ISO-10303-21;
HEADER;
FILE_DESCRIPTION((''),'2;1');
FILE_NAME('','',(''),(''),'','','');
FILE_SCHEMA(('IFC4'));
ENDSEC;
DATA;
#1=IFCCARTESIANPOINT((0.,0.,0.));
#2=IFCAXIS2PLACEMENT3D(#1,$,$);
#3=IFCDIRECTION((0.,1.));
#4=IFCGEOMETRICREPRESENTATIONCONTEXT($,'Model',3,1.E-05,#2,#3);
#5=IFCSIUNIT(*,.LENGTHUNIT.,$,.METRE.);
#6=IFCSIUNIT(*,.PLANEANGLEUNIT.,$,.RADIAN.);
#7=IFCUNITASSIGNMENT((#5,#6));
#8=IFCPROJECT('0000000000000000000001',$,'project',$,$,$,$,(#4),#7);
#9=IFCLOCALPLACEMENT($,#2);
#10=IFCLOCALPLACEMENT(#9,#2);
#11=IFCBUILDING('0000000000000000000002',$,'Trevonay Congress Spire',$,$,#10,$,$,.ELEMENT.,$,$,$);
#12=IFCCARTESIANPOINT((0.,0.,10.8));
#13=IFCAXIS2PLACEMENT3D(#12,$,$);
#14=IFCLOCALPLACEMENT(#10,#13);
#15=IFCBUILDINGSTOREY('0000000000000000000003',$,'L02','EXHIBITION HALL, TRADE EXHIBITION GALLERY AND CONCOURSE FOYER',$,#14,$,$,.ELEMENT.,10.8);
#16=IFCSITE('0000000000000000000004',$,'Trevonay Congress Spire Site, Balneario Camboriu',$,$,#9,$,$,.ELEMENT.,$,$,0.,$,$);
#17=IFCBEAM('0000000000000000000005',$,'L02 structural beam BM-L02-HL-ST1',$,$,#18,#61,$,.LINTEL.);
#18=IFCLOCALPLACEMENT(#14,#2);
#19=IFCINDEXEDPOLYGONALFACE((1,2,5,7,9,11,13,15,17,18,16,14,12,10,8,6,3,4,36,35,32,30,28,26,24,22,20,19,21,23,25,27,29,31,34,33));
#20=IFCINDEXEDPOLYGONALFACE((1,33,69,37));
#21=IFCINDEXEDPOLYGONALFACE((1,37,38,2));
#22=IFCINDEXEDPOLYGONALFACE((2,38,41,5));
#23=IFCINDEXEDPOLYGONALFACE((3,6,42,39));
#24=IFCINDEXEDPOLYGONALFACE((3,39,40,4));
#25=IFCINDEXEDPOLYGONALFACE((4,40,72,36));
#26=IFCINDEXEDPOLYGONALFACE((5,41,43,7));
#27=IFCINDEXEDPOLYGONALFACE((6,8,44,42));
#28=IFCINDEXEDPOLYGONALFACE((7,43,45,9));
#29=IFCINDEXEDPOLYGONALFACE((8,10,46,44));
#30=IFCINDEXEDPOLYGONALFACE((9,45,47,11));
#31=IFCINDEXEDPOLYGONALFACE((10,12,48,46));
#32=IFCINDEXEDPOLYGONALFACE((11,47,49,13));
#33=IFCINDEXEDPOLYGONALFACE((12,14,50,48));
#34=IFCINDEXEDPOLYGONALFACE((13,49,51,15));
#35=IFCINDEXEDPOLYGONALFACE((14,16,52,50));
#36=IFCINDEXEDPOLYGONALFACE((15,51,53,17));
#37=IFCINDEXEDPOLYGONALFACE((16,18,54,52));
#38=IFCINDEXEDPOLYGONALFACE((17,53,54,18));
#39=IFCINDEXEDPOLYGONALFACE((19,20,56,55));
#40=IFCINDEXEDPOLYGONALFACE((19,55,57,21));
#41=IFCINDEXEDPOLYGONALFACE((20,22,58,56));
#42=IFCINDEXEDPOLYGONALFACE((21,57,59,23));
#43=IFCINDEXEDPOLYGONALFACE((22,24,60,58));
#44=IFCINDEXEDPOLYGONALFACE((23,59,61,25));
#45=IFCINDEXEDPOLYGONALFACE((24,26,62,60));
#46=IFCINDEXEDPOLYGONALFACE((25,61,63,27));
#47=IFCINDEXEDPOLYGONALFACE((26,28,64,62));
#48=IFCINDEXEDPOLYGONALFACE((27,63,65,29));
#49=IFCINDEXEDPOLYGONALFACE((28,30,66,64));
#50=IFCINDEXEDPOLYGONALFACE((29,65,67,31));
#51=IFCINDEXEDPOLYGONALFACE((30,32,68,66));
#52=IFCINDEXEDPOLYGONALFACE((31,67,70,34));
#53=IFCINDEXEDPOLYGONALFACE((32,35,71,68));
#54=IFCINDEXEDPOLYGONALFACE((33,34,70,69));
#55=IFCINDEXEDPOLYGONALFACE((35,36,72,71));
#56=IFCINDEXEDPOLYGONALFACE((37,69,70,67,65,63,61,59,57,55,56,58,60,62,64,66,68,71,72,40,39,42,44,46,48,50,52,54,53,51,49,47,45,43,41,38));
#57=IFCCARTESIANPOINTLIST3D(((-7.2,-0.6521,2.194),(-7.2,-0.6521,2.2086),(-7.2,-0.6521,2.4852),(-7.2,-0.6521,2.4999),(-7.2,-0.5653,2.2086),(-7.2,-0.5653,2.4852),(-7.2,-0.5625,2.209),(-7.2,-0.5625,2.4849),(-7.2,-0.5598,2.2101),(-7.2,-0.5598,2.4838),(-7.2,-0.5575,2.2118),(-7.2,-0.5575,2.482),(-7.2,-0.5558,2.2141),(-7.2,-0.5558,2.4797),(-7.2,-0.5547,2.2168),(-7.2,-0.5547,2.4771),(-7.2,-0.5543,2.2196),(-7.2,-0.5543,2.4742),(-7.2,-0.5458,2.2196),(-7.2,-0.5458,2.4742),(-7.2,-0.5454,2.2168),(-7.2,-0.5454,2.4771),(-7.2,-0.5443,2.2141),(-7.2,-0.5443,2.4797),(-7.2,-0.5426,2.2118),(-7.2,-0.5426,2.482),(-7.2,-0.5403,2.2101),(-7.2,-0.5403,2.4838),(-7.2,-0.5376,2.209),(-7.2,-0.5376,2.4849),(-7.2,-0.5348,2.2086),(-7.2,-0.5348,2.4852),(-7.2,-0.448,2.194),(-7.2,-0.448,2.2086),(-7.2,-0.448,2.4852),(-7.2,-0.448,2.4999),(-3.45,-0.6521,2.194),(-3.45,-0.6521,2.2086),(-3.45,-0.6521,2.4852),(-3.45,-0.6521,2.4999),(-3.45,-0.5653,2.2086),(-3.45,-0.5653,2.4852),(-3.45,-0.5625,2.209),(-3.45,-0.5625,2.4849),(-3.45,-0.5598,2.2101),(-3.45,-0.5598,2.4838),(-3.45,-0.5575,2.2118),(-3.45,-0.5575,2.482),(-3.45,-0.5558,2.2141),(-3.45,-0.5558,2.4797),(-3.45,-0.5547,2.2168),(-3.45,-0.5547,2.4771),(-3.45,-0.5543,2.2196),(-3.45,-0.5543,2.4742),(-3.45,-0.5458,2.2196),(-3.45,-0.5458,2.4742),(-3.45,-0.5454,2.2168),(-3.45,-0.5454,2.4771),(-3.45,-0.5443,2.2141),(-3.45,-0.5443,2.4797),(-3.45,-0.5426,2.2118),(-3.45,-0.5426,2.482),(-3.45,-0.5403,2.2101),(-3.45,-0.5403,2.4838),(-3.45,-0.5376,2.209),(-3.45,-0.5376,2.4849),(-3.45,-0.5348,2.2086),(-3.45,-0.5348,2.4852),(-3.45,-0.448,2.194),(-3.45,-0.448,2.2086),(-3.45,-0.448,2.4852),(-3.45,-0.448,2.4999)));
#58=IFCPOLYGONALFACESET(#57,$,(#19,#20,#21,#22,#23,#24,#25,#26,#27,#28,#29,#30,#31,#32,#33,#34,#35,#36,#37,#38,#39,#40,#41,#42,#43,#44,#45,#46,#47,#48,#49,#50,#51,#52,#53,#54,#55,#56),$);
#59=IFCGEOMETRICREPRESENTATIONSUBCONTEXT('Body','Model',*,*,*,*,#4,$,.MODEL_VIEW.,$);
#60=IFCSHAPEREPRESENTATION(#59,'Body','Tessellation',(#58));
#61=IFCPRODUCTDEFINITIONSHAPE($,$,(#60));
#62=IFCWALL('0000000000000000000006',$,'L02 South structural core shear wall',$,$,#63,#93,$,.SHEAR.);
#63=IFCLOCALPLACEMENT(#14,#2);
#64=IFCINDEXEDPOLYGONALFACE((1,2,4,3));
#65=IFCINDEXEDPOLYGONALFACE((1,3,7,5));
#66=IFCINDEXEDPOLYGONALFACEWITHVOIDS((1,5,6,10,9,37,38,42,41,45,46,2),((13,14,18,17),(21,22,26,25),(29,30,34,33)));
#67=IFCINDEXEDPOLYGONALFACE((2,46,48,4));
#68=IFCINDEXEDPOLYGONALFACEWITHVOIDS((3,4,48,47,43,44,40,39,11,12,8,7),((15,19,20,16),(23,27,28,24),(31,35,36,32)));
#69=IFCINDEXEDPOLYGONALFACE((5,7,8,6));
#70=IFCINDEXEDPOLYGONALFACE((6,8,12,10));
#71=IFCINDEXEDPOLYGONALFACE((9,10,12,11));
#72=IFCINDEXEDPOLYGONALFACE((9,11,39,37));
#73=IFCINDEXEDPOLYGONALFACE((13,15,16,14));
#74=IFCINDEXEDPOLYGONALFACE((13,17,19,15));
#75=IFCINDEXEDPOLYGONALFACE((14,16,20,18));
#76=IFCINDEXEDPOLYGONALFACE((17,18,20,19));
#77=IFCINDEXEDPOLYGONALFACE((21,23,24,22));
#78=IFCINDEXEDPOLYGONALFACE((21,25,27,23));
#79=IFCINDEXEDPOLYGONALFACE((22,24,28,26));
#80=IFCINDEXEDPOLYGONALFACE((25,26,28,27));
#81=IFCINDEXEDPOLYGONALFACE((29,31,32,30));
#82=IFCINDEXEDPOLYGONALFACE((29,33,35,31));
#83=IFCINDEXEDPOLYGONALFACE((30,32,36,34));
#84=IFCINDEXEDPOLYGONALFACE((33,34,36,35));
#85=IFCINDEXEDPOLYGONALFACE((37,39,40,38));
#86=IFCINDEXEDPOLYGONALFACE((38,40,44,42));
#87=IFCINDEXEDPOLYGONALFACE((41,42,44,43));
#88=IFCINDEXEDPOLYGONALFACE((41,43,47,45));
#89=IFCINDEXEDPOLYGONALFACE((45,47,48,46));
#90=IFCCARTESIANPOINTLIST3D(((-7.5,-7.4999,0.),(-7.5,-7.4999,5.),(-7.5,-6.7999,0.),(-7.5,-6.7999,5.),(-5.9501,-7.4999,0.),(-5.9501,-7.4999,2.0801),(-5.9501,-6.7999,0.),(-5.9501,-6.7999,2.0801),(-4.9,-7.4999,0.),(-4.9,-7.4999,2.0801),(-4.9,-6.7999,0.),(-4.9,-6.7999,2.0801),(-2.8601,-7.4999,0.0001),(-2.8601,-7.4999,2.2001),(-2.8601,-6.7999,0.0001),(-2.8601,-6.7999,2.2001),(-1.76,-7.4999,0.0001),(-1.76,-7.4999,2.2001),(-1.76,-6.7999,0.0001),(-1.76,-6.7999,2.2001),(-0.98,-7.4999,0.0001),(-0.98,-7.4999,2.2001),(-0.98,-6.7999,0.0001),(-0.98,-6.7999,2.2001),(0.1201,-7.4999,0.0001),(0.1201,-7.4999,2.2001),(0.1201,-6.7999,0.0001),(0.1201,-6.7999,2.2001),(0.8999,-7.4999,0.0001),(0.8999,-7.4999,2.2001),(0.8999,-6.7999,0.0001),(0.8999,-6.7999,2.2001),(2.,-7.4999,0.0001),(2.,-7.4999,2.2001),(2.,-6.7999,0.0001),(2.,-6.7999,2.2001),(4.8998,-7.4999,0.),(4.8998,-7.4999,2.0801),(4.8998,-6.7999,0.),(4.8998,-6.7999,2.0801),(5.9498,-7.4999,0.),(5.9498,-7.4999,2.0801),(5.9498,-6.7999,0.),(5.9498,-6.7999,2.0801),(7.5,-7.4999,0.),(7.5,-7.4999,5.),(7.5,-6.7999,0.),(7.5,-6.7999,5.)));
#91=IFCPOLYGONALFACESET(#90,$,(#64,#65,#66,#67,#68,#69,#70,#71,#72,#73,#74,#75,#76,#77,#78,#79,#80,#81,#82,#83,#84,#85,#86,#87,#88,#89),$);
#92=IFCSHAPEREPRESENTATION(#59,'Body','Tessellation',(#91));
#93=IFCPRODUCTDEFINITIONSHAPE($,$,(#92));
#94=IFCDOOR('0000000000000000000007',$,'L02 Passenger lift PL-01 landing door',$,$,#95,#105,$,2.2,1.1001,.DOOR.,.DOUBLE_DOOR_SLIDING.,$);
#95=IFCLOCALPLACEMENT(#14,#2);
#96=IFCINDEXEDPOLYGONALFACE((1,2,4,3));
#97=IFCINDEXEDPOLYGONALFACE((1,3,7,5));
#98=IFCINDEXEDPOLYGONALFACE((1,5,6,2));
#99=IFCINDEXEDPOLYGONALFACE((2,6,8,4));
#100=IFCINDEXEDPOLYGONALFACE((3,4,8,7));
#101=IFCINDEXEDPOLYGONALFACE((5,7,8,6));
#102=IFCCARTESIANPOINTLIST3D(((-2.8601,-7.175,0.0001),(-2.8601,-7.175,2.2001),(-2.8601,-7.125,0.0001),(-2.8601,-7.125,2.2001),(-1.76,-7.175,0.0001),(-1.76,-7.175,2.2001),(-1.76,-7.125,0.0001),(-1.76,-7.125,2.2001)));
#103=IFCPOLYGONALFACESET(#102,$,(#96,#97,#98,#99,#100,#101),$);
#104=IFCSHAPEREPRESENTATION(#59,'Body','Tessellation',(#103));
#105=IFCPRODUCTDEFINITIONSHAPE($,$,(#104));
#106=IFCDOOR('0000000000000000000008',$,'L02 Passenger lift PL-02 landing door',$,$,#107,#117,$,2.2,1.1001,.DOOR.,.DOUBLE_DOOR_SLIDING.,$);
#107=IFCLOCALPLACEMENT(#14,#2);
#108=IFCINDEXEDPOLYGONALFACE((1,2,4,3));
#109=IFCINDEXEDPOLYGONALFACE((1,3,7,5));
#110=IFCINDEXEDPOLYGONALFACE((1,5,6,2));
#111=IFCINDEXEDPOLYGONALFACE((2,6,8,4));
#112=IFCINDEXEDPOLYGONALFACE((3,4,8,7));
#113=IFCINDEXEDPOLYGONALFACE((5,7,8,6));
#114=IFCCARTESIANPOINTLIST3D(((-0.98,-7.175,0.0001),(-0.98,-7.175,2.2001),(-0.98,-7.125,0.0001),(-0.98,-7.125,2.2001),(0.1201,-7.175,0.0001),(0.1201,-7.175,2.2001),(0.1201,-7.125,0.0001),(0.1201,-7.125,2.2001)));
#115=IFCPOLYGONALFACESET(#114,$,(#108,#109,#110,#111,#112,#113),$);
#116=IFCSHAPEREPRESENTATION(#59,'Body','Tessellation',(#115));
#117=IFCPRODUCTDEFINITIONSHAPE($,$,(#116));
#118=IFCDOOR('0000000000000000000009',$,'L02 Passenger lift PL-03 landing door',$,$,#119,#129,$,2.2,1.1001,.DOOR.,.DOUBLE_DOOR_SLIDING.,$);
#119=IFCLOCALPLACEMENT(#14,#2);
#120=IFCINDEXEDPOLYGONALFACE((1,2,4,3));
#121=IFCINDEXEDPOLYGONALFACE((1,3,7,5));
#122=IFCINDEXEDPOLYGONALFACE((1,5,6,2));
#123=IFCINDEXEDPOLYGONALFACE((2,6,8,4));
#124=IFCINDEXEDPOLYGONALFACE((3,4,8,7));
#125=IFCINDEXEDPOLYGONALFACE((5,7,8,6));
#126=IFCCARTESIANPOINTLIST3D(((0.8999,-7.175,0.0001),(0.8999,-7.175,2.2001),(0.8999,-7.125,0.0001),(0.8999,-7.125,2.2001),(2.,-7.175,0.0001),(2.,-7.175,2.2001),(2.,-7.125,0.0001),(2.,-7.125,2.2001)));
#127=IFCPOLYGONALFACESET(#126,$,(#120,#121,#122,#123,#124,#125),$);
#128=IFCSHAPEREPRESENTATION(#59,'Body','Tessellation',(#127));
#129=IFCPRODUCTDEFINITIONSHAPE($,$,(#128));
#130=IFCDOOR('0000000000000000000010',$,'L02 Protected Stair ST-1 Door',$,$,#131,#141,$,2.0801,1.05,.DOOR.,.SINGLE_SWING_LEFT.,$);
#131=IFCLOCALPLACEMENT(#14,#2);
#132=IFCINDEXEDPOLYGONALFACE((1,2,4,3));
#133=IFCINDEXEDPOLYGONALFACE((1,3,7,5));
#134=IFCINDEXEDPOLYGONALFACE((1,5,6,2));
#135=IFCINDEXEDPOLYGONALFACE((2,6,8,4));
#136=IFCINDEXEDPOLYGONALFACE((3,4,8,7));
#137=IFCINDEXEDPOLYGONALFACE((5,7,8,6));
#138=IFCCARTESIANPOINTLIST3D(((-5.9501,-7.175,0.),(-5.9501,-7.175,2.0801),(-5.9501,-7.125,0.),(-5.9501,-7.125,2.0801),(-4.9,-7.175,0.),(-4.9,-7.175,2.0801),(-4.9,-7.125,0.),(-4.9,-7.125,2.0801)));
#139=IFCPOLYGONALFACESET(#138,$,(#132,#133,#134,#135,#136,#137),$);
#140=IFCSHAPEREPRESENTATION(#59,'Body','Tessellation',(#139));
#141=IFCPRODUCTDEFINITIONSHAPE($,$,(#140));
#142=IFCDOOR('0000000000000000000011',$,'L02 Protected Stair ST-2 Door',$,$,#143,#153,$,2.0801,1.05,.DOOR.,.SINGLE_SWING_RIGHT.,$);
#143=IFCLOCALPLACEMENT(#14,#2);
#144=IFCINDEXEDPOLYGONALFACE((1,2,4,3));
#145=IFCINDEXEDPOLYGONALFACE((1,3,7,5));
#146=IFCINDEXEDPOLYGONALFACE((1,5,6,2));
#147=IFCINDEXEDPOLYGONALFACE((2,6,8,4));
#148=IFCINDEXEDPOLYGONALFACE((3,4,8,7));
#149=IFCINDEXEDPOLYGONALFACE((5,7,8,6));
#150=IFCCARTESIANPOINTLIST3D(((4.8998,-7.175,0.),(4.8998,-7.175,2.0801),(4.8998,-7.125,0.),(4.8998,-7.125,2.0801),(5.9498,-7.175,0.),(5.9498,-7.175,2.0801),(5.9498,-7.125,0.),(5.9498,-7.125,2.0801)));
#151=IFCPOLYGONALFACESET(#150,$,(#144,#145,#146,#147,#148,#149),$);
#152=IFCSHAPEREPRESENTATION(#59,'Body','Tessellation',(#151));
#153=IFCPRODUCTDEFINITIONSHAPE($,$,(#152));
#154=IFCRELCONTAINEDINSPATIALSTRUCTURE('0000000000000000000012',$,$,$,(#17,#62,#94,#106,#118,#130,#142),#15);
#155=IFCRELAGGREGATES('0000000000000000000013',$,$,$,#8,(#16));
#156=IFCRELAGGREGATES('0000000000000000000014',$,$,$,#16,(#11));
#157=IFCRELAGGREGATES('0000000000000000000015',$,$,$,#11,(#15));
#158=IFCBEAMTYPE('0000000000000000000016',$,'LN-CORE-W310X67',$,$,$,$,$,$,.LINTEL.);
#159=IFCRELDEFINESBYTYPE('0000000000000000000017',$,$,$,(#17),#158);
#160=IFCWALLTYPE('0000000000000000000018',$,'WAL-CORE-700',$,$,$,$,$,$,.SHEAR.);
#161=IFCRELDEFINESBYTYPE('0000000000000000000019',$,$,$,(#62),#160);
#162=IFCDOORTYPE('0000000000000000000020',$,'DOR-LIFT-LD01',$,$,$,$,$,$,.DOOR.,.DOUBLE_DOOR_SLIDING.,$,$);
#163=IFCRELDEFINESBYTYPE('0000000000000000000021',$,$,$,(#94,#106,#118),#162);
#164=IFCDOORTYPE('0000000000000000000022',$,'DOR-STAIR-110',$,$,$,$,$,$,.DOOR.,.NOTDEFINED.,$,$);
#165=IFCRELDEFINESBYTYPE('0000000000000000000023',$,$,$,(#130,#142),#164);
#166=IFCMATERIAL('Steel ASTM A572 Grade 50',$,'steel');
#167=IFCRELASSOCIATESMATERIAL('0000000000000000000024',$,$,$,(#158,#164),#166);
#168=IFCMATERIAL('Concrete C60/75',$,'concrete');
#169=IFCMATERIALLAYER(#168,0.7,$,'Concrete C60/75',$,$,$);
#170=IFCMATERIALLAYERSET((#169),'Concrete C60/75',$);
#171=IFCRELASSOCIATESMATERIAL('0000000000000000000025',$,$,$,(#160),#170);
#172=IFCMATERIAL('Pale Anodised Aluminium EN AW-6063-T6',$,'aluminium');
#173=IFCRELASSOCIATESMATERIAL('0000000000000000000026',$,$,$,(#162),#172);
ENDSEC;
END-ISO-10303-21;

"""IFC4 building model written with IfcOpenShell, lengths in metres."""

from ifc_helpers import new_model, si_unit, direction, frame, frame_2d, origin, origin_2d, place, context, subcontext, project, spatial, rectangle, i_section, extrude, material, layer, layer_set, material_profile, profile_set, type_object, element, fill, save


model = new_model("IFC4")

# Units and contexts
model_context = context("Model", 3, precision=1e-05, world=origin(), true_north=direction((0.0, 1.0)))
body_context = subcontext(model_context, "Body", "Model", "MODEL_VIEW")
ifc_project = project(units=[si_unit("LENGTHUNIT", "METRE"), si_unit("PLANEANGLEUNIT", "RADIAN")], contexts=[model_context])

# Site, building, storey
site_placement = place(None, origin())
site = spatial("IfcSite", under=ifc_project, at=site_placement, Name="Trevonay Congress Spire Site, Balneario Camboriu", CompositionType="ELEMENT", RefElevation=0.0)
building_placement = place(site_placement, origin())
building = spatial("IfcBuilding", under=site, at=building_placement, Name="Trevonay Congress Spire", CompositionType="ELEMENT")
storey_placement = place(building_placement, frame((0.0, 0.0, 10.8)))
storey = spatial("IfcBuildingStorey", under=building, at=storey_placement, Name="L02", Description="EXHIBITION HALL, TRADE EXHIBITION GALLERY AND CONCOURSE FOYER", CompositionType="ELEMENT", Elevation=10.8)

# Shared definitions
ifc_material_1 = material(Name="Steel ASTM A572 Grade 50", Category="steel")

# Beam
ifc_material_profile_1 = material_profile(ifc_material_1, i_section(OverallWidth=0.2041, OverallDepth=0.3059, WebThickness=0.0085, FlangeThickness=0.0146, FilletRadius=0.011, at=origin_2d()), Name="W310x67")
ifc_profile_set_1 = profile_set([ifc_material_profile_1], Name="Steel ASTM A572 Grade 50")
beam_type_1 = type_object("IfcBeamType", Name="LN-CORE-W310X67", PredefinedType="LINTEL", material=ifc_profile_set_1)
beam_1_placement = place(storey_placement, frame((-7.2, -0.55, 2.3469), z_axis=(1.0, 0.0, 0.0), x_axis=(0.0, 1.0, 0.0)))
element("IfcBeam", 1, at=beam_1_placement, inside=storey, type_object=beam_type_1, Name="L02 structural beam BM-L02-HL-ST1", PredefinedType="LINTEL", context=body_context, shape_type="SweptSolid", body=[
    extrude(i_section(OverallWidth=0.2041, OverallDepth=0.3059, WebThickness=0.0085, FlangeThickness=0.0146, FilletRadius=0.011, at=origin_2d()), origin(), (0.0, 0.0, 1.0), 3.75),
])

# Wall, openings, doors
ifc_material_2 = material(Name="Concrete C60/75", Category="concrete")
ifc_layer_1 = layer(ifc_material_2, 0.7, Name="Concrete C60/75")
ifc_layer_set_1 = layer_set([ifc_layer_1], Name="Concrete C60/75")
wall_type_1 = type_object("IfcWallType", Name="WAL-CORE-700", PredefinedType="SHEAR", material=ifc_layer_set_1)
wall_1_placement = place(storey_placement, frame((-7.5, -7.1499, 0.0), z_axis=(0.0, 0.0, 1.0), x_axis=(1.0, 0.0, 0.0)))
wall_1 = element("IfcWall", 2, at=wall_1_placement, inside=storey, type_object=wall_type_1, Name="L02 South structural core shear wall", PredefinedType="SHEAR", context=body_context, shape_type="SweptSolid", body=[
    extrude(rectangle(XDim=15.0, YDim=0.7, at=frame_2d((7.5, 0.0))), origin(), (0.0, 0.0, 1.0), 5.0),
])
opening_1_placement = place(wall_1_placement, frame((1.55, 0.0, 0.0)))
opening_1 = element("IfcOpeningElement", 3, at=opening_1_placement, cuts=wall_1, PredefinedType="OPENING", context=body_context, shape_type="SweptSolid", body=[
    extrude(rectangle(XDim=1.05, YDim=2.0801, at=frame_2d((0.5249, 1.04))), frame((0.0, 0.3599, 0.0), z_axis=(0.0, -1.0, 0.0), x_axis=(1.0, 0.0, 0.0)), (0.0, 0.0, 1.0), 0.72),
])
opening_2_placement = place(wall_1_placement, frame((12.3999, 0.0, 0.0)))
opening_2 = element("IfcOpeningElement", 4, at=opening_2_placement, cuts=wall_1, PredefinedType="OPENING", context=body_context, shape_type="SweptSolid", body=[
    extrude(rectangle(XDim=1.05, YDim=2.0801, at=frame_2d((0.5249, 1.04))), frame((0.0, 0.3599, 0.0), z_axis=(0.0, -1.0, 0.0), x_axis=(1.0, 0.0, 0.0)), (0.0, 0.0, 1.0), 0.72),
])
opening_3_placement = place(wall_1_placement, frame((4.6399, 0.0, 0.0)))
opening_3 = element("IfcOpeningElement", 5, at=opening_3_placement, cuts=wall_1, PredefinedType="OPENING", context=body_context, shape_type="SweptSolid", body=[
    extrude(rectangle(XDim=1.1001, YDim=2.2, at=frame_2d((0.55, 1.1001))), frame((0.0, 0.3599, 0.0), z_axis=(0.0, -1.0, 0.0), x_axis=(1.0, 0.0, 0.0)), (0.0, 0.0, 1.0), 0.72),
])
opening_4_placement = place(wall_1_placement, frame((6.52, 0.0, 0.0)))
opening_4 = element("IfcOpeningElement", 6, at=opening_4_placement, cuts=wall_1, PredefinedType="OPENING", context=body_context, shape_type="SweptSolid", body=[
    extrude(rectangle(XDim=1.1001, YDim=2.2, at=frame_2d((0.55, 1.1001))), frame((0.0, 0.3599, 0.0), z_axis=(0.0, -1.0, 0.0), x_axis=(1.0, 0.0, 0.0)), (0.0, 0.0, 1.0), 0.72),
])
opening_5_placement = place(wall_1_placement, frame((8.3999, 0.0, 0.0)))
opening_5 = element("IfcOpeningElement", 7, at=opening_5_placement, cuts=wall_1, PredefinedType="OPENING", context=body_context, shape_type="SweptSolid", body=[
    extrude(rectangle(XDim=1.1001, YDim=2.2, at=frame_2d((0.55, 1.1001))), frame((0.0, 0.3599, 0.0), z_axis=(0.0, -1.0, 0.0), x_axis=(1.0, 0.0, 0.0)), (0.0, 0.0, 1.0), 0.72),
])
ifc_material_3 = material(Name="Pale Anodised Aluminium EN AW-6063-T6", Category="aluminium")
door_type_1 = type_object("IfcDoorType", Name="DOR-LIFT-LD01", OperationType="DOUBLE_DOOR_SLIDING", PredefinedType="DOOR", material=ifc_material_3)
door_1_placement = place(opening_3_placement, origin())
door_1 = element("IfcDoor", 8, at=door_1_placement, inside=storey, type_object=door_type_1, Name="L02 Passenger lift PL-01 landing door", OperationType="DOUBLE_DOOR_SLIDING", OverallHeight=2.2, OverallWidth=1.1001, PredefinedType="DOOR", context=body_context, shape_type="SweptSolid", body=[
    extrude(rectangle(XDim=1.1001, YDim=2.2, at=frame_2d((0.55, 1.1001))), frame((0.0, 0.0249, 0.0), z_axis=(0.0, -1.0, 0.0), x_axis=(1.0, 0.0, 0.0)), (0.0, 0.0, 1.0), 0.05),
])
fill(opening_3, door_1)
door_2_placement = place(opening_4_placement, origin())
door_2 = element("IfcDoor", 9, at=door_2_placement, inside=storey, type_object=door_type_1, Name="L02 Passenger lift PL-02 landing door", OperationType="DOUBLE_DOOR_SLIDING", OverallHeight=2.2, OverallWidth=1.1001, PredefinedType="DOOR", context=body_context, shape_type="SweptSolid", body=[
    extrude(rectangle(XDim=1.1001, YDim=2.2, at=frame_2d((0.55, 1.1001))), frame((0.0, 0.0249, 0.0), z_axis=(0.0, -1.0, 0.0), x_axis=(1.0, 0.0, 0.0)), (0.0, 0.0, 1.0), 0.05),
])
fill(opening_4, door_2)
door_3_placement = place(opening_5_placement, origin())
door_3 = element("IfcDoor", 10, at=door_3_placement, inside=storey, type_object=door_type_1, Name="L02 Passenger lift PL-03 landing door", OperationType="DOUBLE_DOOR_SLIDING", OverallHeight=2.2, OverallWidth=1.1001, PredefinedType="DOOR", context=body_context, shape_type="SweptSolid", body=[
    extrude(rectangle(XDim=1.1001, YDim=2.2, at=frame_2d((0.55, 1.1001))), frame((0.0, 0.0249, 0.0), z_axis=(0.0, -1.0, 0.0), x_axis=(1.0, 0.0, 0.0)), (0.0, 0.0, 1.0), 0.05),
])
fill(opening_5, door_3)
door_type_2 = type_object("IfcDoorType", Name="DOR-STAIR-110", OperationType="NOTDEFINED", PredefinedType="DOOR", material=ifc_material_1)
door_4_placement = place(opening_1_placement, origin())
door_4 = element("IfcDoor", 11, at=door_4_placement, inside=storey, type_object=door_type_2, Name="L02 Protected Stair ST-1 Door", OperationType="SINGLE_SWING_LEFT", OverallHeight=2.0801, OverallWidth=1.05, PredefinedType="DOOR", context=body_context, shape_type="SweptSolid", body=[
    extrude(rectangle(XDim=1.05, YDim=2.0801, at=frame_2d((0.5249, 1.04))), frame((0.0, 0.0249, 0.0), z_axis=(0.0, -1.0, 0.0), x_axis=(1.0, 0.0, 0.0)), (0.0, 0.0, 1.0), 0.05),
])
fill(opening_1, door_4)
door_5_placement = place(opening_2_placement, origin())
door_5 = element("IfcDoor", 12, at=door_5_placement, inside=storey, type_object=door_type_2, Name="L02 Protected Stair ST-2 Door", OperationType="SINGLE_SWING_RIGHT", OverallHeight=2.0801, OverallWidth=1.05, PredefinedType="DOOR", context=body_context, shape_type="SweptSolid", body=[
    extrude(rectangle(XDim=1.05, YDim=2.0801, at=frame_2d((0.5249, 1.04))), frame((0.0, 0.0249, 0.0), z_axis=(0.0, -1.0, 0.0), x_axis=(1.0, 0.0, 0.0)), (0.0, 0.0, 1.0), 0.05),
])
fill(opening_2, door_5)

save(model, "model.ifc")
